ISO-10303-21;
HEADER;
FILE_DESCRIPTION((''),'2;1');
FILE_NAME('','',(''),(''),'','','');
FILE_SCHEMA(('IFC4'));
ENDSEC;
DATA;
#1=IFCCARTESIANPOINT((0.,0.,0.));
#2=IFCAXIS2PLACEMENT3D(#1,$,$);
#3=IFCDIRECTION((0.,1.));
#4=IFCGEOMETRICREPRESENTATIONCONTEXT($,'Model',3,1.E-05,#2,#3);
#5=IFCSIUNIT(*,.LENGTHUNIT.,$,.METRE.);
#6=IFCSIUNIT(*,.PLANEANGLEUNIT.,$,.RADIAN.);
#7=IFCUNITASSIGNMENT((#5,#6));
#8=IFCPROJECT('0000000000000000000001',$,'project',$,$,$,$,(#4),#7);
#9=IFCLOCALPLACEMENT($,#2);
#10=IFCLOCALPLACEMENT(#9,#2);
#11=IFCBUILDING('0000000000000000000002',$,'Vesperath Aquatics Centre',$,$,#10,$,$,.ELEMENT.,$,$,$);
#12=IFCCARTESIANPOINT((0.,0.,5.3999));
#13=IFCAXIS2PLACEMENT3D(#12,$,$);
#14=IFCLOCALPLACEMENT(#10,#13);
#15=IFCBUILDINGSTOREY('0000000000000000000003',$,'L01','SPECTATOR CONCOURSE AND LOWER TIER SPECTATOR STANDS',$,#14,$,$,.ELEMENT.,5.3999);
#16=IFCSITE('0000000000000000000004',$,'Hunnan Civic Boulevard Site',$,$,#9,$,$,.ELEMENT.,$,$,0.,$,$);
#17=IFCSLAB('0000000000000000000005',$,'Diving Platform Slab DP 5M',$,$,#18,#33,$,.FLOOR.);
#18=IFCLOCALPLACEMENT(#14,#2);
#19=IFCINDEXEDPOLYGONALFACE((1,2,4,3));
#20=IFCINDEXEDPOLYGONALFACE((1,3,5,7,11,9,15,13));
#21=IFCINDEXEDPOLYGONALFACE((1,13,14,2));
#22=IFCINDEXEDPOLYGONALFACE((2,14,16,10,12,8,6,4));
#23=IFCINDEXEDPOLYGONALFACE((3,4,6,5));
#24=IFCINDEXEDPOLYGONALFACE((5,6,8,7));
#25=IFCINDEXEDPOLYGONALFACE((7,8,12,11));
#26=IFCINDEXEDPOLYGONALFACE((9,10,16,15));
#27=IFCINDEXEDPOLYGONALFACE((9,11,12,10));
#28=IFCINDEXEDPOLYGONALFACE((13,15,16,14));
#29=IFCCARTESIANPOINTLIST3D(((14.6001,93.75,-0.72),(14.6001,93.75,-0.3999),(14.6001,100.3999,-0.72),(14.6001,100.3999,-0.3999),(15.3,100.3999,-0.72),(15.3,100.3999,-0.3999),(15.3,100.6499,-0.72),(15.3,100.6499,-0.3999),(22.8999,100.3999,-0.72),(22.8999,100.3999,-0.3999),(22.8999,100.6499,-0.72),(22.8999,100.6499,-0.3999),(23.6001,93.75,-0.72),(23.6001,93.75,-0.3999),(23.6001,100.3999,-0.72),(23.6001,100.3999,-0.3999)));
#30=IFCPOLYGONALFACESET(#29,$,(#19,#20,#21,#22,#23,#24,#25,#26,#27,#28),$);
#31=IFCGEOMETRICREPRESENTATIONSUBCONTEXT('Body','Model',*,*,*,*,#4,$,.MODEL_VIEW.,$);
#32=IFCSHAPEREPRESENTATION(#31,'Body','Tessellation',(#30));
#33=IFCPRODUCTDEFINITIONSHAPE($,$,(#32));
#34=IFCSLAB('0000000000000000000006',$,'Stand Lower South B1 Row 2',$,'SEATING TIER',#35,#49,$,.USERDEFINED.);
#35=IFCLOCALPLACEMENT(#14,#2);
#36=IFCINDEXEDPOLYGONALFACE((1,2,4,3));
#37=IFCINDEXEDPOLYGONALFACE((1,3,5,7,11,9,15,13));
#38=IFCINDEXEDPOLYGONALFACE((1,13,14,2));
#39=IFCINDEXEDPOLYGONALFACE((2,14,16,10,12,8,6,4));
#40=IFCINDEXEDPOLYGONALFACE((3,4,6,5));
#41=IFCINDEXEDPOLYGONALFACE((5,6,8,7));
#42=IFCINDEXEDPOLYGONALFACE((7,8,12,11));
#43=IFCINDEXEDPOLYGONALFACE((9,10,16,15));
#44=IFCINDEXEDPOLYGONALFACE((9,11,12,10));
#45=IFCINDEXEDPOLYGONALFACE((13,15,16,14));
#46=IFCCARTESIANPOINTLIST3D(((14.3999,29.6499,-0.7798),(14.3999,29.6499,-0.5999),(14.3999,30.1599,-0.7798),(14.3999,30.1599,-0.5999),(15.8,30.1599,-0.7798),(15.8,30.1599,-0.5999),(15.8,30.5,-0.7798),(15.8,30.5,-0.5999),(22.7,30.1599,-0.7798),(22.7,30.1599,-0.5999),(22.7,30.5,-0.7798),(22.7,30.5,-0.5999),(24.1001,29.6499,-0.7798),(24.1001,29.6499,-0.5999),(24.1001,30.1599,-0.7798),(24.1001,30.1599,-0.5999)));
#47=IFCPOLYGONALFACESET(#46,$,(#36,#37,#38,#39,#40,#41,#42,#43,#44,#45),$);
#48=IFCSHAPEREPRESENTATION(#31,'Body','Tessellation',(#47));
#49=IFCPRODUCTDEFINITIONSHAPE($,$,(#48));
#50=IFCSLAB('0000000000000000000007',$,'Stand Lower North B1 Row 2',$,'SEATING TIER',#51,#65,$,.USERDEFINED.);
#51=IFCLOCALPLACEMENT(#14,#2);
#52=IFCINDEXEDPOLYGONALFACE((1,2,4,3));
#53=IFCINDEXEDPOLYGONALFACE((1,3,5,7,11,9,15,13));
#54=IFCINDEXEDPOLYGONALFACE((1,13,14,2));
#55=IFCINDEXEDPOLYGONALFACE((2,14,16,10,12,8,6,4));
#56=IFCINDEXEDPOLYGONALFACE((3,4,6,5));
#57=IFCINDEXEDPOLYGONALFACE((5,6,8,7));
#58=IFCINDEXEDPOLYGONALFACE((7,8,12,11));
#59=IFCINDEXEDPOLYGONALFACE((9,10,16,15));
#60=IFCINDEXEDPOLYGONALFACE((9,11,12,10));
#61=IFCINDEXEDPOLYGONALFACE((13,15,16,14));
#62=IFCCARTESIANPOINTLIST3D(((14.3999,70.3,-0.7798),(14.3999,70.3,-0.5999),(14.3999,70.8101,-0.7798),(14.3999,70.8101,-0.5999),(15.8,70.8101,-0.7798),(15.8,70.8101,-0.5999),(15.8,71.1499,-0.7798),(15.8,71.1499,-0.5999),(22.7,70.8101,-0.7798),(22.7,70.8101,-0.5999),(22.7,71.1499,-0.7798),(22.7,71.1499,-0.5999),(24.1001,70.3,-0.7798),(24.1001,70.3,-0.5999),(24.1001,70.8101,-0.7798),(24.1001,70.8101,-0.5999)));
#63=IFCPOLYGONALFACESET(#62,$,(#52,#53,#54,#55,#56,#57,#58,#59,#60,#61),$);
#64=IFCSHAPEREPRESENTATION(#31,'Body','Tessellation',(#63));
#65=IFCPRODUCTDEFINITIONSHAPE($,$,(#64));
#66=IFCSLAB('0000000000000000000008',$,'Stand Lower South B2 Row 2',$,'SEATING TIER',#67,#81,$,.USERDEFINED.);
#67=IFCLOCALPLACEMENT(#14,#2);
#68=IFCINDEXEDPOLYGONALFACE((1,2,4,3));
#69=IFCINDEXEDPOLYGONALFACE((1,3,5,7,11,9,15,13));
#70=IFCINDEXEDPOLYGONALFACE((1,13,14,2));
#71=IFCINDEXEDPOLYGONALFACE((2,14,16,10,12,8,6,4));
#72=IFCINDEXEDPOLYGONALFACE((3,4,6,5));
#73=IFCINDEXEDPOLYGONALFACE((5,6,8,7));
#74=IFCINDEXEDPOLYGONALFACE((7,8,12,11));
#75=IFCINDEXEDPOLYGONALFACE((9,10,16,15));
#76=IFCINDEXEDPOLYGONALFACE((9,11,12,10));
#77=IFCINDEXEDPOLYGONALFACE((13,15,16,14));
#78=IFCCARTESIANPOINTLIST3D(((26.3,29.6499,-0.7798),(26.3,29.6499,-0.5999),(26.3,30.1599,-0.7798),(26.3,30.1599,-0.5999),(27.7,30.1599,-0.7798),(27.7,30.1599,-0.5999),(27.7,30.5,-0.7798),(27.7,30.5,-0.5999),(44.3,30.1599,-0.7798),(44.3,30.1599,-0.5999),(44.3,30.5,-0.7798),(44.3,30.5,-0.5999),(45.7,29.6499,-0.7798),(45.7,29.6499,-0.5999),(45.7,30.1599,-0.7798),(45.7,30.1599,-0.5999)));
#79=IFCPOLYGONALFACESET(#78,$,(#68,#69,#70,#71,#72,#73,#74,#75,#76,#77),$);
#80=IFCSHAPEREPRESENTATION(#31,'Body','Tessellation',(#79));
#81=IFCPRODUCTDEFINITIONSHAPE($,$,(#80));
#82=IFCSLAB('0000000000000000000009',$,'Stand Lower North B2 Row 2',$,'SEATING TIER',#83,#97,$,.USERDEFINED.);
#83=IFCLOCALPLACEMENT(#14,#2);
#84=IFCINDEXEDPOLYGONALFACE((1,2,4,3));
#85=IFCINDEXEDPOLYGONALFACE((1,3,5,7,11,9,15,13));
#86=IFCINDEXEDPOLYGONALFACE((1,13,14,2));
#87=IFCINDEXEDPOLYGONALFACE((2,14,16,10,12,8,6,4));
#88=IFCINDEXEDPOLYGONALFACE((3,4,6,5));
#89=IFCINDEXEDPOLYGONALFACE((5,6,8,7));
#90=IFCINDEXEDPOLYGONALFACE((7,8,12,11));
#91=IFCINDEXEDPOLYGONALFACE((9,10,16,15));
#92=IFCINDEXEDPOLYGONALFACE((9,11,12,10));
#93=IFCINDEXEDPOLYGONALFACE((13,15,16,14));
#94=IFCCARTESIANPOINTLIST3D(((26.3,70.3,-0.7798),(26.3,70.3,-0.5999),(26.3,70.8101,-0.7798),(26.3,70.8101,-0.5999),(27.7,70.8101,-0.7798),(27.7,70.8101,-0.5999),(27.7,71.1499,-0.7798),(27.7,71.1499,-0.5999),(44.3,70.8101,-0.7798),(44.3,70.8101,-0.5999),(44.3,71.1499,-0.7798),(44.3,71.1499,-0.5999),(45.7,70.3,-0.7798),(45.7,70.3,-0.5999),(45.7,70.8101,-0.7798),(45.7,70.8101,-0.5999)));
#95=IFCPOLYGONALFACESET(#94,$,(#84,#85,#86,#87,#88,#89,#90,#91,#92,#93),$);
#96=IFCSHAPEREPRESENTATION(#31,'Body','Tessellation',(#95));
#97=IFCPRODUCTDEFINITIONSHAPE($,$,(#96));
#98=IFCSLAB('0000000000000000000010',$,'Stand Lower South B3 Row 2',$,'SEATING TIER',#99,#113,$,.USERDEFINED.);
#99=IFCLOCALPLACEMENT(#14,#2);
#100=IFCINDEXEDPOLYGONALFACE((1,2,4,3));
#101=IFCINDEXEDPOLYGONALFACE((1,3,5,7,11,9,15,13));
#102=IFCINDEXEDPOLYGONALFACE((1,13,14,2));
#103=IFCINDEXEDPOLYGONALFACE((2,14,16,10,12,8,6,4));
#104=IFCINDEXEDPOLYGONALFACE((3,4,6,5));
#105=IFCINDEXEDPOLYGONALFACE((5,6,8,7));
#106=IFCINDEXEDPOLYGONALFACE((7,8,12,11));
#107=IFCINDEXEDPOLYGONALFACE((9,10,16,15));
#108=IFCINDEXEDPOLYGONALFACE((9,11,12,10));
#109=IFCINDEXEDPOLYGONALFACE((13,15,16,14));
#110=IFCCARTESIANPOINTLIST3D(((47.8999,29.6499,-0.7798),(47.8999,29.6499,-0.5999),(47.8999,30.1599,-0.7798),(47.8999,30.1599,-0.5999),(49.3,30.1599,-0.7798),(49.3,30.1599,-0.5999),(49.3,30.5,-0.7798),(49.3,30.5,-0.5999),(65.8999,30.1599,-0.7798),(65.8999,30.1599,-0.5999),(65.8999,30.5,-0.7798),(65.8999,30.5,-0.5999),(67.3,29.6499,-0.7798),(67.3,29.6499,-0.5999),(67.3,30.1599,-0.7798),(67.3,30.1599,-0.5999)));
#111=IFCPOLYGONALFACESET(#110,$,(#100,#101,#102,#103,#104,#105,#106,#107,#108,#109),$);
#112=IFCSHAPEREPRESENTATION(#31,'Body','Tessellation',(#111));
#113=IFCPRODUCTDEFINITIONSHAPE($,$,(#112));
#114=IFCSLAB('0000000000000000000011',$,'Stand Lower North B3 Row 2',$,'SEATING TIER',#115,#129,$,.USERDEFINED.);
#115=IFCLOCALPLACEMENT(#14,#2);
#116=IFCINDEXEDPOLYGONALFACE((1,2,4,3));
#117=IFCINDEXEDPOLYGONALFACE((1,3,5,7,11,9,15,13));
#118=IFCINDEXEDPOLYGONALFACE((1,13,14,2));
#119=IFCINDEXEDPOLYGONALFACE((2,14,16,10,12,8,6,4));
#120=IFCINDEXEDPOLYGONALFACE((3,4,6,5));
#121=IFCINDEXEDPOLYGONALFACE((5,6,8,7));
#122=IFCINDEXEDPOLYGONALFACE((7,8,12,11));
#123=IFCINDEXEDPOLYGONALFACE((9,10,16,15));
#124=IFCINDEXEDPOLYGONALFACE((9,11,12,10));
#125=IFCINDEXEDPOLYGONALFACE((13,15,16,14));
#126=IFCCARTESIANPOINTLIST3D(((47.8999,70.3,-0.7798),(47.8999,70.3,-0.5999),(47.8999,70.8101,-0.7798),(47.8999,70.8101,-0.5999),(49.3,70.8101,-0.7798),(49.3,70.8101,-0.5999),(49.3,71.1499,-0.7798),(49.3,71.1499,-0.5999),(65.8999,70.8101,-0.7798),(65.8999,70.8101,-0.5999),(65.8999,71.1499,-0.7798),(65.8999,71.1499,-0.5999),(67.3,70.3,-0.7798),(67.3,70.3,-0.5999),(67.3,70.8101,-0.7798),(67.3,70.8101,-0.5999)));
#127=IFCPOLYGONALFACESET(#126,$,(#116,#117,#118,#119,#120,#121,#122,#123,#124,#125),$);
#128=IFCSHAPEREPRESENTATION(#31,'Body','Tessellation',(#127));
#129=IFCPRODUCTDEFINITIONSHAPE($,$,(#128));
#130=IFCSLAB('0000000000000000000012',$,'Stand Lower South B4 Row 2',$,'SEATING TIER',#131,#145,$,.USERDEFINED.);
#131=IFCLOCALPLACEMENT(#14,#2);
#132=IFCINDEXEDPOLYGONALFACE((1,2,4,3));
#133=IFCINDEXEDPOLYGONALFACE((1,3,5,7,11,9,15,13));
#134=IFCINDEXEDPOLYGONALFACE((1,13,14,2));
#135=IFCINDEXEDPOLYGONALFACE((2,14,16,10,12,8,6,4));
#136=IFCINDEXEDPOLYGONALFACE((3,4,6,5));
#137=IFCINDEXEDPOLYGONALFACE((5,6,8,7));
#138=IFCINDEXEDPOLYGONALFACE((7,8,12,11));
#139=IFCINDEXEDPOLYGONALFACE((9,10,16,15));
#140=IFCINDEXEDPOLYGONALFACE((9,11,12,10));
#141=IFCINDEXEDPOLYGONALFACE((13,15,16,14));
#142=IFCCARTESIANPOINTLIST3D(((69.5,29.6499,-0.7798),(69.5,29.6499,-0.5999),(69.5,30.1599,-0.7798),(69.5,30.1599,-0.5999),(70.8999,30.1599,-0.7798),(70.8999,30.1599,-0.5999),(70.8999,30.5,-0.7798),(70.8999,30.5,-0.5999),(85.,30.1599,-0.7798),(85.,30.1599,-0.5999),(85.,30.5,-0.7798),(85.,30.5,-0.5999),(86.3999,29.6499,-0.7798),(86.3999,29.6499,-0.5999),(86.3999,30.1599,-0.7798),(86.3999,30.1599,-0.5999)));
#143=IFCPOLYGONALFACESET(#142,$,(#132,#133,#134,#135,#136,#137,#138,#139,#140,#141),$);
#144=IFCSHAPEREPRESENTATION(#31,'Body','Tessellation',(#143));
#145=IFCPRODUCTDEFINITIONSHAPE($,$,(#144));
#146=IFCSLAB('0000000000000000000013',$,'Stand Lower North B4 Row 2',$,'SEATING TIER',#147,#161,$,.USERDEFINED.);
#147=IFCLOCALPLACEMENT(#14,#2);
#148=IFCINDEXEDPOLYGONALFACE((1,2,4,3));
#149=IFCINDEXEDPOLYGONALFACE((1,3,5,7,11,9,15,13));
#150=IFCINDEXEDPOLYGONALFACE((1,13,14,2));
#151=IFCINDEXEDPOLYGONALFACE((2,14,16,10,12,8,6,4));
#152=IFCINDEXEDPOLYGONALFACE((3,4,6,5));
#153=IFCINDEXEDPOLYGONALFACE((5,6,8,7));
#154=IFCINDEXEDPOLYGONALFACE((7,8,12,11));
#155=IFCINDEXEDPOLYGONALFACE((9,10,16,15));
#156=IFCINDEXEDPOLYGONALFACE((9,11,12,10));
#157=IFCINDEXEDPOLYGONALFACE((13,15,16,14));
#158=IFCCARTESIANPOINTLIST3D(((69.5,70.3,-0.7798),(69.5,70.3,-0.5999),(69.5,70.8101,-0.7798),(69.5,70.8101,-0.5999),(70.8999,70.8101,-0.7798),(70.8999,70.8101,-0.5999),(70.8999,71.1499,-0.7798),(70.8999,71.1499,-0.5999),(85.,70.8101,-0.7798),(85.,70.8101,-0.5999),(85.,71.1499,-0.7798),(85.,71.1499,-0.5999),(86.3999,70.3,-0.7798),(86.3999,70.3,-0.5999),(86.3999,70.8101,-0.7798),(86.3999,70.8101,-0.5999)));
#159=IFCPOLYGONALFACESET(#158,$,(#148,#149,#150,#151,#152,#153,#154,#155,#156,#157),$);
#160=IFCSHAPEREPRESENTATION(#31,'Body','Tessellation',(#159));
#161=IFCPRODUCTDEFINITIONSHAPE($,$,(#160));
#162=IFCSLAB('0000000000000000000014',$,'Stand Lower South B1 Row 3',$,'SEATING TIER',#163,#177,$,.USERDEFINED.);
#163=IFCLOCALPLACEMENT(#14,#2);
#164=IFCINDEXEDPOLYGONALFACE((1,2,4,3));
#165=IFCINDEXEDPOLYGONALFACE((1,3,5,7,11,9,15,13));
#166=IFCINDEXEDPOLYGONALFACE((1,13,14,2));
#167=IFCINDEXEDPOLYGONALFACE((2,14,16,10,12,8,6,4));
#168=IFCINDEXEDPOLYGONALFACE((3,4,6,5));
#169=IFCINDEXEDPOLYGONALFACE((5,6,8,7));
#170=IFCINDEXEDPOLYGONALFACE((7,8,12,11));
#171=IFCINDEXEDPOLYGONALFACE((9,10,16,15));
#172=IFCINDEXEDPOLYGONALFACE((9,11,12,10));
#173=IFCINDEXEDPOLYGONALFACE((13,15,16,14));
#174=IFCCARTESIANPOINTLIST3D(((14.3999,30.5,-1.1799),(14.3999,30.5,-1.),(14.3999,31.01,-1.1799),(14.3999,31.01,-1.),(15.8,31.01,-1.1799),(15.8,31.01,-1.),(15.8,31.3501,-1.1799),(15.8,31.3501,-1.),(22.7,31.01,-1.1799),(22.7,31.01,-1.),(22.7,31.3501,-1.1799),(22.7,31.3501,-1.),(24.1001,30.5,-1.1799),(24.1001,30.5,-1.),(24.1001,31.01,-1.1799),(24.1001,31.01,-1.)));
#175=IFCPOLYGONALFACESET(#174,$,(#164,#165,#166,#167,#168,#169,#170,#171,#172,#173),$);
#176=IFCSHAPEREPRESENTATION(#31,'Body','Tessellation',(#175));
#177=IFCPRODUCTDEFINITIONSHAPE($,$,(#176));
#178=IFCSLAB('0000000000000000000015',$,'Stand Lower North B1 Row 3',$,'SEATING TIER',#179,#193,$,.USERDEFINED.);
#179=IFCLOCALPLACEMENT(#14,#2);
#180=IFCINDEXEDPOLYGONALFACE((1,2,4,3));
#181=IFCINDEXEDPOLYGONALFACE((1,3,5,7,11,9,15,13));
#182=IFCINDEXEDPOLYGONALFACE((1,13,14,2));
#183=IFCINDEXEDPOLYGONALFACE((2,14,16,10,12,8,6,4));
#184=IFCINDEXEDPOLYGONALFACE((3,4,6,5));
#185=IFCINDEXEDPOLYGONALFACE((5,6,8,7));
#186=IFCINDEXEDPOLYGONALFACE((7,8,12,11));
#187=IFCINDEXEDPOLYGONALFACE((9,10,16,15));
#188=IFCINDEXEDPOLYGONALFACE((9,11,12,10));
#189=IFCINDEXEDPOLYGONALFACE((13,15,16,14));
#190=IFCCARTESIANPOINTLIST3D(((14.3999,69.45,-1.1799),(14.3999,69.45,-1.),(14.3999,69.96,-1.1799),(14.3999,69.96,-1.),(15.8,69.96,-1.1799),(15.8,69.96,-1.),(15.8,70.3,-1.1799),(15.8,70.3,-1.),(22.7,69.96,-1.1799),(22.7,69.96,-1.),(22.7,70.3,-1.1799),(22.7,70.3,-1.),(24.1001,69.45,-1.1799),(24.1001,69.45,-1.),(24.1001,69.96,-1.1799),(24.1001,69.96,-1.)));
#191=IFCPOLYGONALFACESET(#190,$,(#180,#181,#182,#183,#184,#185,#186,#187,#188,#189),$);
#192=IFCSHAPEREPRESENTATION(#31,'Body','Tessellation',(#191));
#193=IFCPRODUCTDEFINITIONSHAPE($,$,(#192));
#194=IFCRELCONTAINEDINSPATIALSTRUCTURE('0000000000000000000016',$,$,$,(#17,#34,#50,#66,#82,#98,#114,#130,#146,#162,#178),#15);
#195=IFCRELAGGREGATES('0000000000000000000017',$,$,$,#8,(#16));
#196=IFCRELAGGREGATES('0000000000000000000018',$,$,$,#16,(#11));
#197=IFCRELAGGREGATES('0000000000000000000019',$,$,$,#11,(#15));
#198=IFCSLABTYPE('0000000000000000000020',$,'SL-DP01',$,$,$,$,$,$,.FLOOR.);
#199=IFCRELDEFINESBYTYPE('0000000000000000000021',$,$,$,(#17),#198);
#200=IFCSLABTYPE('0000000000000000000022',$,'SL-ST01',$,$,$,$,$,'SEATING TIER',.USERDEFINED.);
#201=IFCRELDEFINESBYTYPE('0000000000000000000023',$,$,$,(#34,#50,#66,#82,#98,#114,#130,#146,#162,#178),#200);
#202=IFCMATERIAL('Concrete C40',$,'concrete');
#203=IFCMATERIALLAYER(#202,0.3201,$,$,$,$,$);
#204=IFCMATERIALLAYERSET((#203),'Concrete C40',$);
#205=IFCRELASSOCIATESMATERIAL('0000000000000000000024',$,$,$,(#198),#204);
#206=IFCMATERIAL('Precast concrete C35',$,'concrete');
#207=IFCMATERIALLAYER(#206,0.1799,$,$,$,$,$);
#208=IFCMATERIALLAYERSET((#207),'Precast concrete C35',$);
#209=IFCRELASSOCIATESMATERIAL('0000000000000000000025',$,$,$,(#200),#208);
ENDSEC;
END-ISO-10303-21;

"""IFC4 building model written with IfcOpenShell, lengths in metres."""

from ifc_helpers import new_model, si_unit, direction, frame, origin, place, context, subcontext, project, spatial, polyline, outline, extrude, material, layer, layer_set, type_object, element, save


model = new_model("IFC4")

# Units and contexts
model_context = context("Model", 3, precision=1e-05, world=origin(), true_north=direction((0.0, 1.0)))
body_context = subcontext(model_context, "Body", "Model", "MODEL_VIEW")
ifc_project = project(units=[si_unit("LENGTHUNIT", "METRE"), si_unit("PLANEANGLEUNIT", "RADIAN")], contexts=[model_context])

# Site, building, storey
site_placement = place(None, origin())
site = spatial("IfcSite", under=ifc_project, at=site_placement, Name="Hunnan Civic Boulevard Site", CompositionType="ELEMENT", RefElevation=0.0)
building_placement = place(site_placement, origin())
building = spatial("IfcBuilding", under=site, at=building_placement, Name="Vesperath Aquatics Centre", CompositionType="ELEMENT")
storey_placement = place(building_placement, frame((0.0, 0.0, 5.3999)))
storey = spatial("IfcBuildingStorey", under=building, at=storey_placement, Name="L01", Description="SPECTATOR CONCOURSE AND LOWER TIER SPECTATOR STANDS", CompositionType="ELEMENT", Elevation=5.3999)

# Slabs
ifc_material_1 = material(Name="Concrete C40", Category="concrete")
ifc_layer_1 = layer(ifc_material_1, 0.3201)
ifc_layer_set_1 = layer_set([ifc_layer_1], Name="Concrete C40")
slab_type_1 = type_object("IfcSlabType", Name="SL-DP01", PredefinedType="FLOOR", material=ifc_layer_set_1)
slab_1_placement = place(storey_placement, frame((0.0, 0.0, -0.72)))
element("IfcSlab", 1, at=slab_1_placement, inside=storey, type_object=slab_type_1, Name="Diving Platform Slab DP 5M", PredefinedType="FLOOR", context=body_context, shape_type="SweptSolid", body=[
    extrude(outline(polyline([(14.6001, 93.75), (23.6001, 93.75), (23.6001, 100.3999), (22.8999, 100.3999), (22.8999, 100.6499), (15.3, 100.6499), (15.3, 100.3999), (14.6001, 100.3999), (14.6001, 93.75)])), origin(), (0.0, 0.0, 1.0), 0.3201),
])
ifc_material_2 = material(Name="Precast concrete C35", Category="concrete")
ifc_layer_2 = layer(ifc_material_2, 0.1799)
ifc_layer_set_2 = layer_set([ifc_layer_2], Name="Precast concrete C35")
slab_type_2 = type_object("IfcSlabType", Name="SL-ST01", ElementType="SEATING TIER", PredefinedType="USERDEFINED", material=ifc_layer_set_2)
slab_2_placement = place(storey_placement, frame((0.0, 0.0, -0.7798)))
element("IfcSlab", 2, at=slab_2_placement, inside=storey, type_object=slab_type_2, Name="Stand Lower South B1 Row 2", ObjectType="SEATING TIER", PredefinedType="USERDEFINED", context=body_context, shape_type="SweptSolid", body=[
    extrude(outline(polyline([(14.3999, 29.6499), (24.1001, 29.6499), (24.1001, 30.1599), (22.7, 30.1599), (22.7, 30.5), (15.8, 30.5), (15.8, 30.1599), (14.3999, 30.1599), (14.3999, 29.6499)])), origin(), (0.0, 0.0, 1.0), 0.1799),
])
slab_3_placement = place(storey_placement, frame((0.0, 0.0, -0.7798)))
element("IfcSlab", 3, at=slab_3_placement, inside=storey, type_object=slab_type_2, Name="Stand Lower North B1 Row 2", ObjectType="SEATING TIER", PredefinedType="USERDEFINED", context=body_context, shape_type="SweptSolid", body=[
    extrude(outline(polyline([(14.3999, 70.3), (24.1001, 70.3), (24.1001, 70.8101), (22.7, 70.8101), (22.7, 71.1499), (15.8, 71.1499), (15.8, 70.8101), (14.3999, 70.8101), (14.3999, 70.3)])), origin(), (0.0, 0.0, 1.0), 0.1799),
])
slab_4_placement = place(storey_placement, frame((0.0, 0.0, -0.7798)))
element("IfcSlab", 4, at=slab_4_placement, inside=storey, type_object=slab_type_2, Name="Stand Lower South B2 Row 2", ObjectType="SEATING TIER", PredefinedType="USERDEFINED", context=body_context, shape_type="SweptSolid", body=[
    extrude(outline(polyline([(26.3, 29.6499), (45.7, 29.6499), (45.7, 30.1599), (44.3, 30.1599), (44.3, 30.5), (27.7, 30.5), (27.7, 30.1599), (26.3, 30.1599), (26.3, 29.6499)])), origin(), (0.0, 0.0, 1.0), 0.1799),
])
slab_5_placement = place(storey_placement, frame((0.0, 0.0, -0.7798)))
element("IfcSlab", 5, at=slab_5_placement, inside=storey, type_object=slab_type_2, Name="Stand Lower North B2 Row 2", ObjectType="SEATING TIER", PredefinedType="USERDEFINED", context=body_context, shape_type="SweptSolid", body=[
    extrude(outline(polyline([(26.3, 70.3), (45.7, 70.3), (45.7, 70.8101), (44.3, 70.8101), (44.3, 71.1499), (27.7, 71.1499), (27.7, 70.8101), (26.3, 70.8101), (26.3, 70.3)])), origin(), (0.0, 0.0, 1.0), 0.1799),
])
slab_6_placement = place(storey_placement, frame((0.0, 0.0, -0.7798)))
element("IfcSlab", 6, at=slab_6_placement, inside=storey, type_object=slab_type_2, Name="Stand Lower South B3 Row 2", ObjectType="SEATING TIER", PredefinedType="USERDEFINED", context=body_context, shape_type="SweptSolid", body=[
    extrude(outline(polyline([(47.8999, 29.6499), (67.3, 29.6499), (67.3, 30.1599), (65.8999, 30.1599), (65.8999, 30.5), (49.3, 30.5), (49.3, 30.1599), (47.8999, 30.1599), (47.8999, 29.6499)])), origin(), (0.0, 0.0, 1.0), 0.1799),
])
slab_7_placement = place(storey_placement, frame((0.0, 0.0, -0.7798)))
element("IfcSlab", 7, at=slab_7_placement, inside=storey, type_object=slab_type_2, Name="Stand Lower North B3 Row 2", ObjectType="SEATING TIER", PredefinedType="USERDEFINED", context=body_context, shape_type="SweptSolid", body=[
    extrude(outline(polyline([(47.8999, 70.3), (67.3, 70.3), (67.3, 70.8101), (65.8999, 70.8101), (65.8999, 71.1499), (49.3, 71.1499), (49.3, 70.8101), (47.8999, 70.8101), (47.8999, 70.3)])), origin(), (0.0, 0.0, 1.0), 0.1799),
])
slab_8_placement = place(storey_placement, frame((0.0, 0.0, -0.7798)))
element("IfcSlab", 8, at=slab_8_placement, inside=storey, type_object=slab_type_2, Name="Stand Lower South B4 Row 2", ObjectType="SEATING TIER", PredefinedType="USERDEFINED", context=body_context, shape_type="SweptSolid", body=[
    extrude(outline(polyline([(69.5, 29.6499), (86.3999, 29.6499), (86.3999, 30.1599), (85.0, 30.1599), (85.0, 30.5), (70.8999, 30.5), (70.8999, 30.1599), (69.5, 30.1599), (69.5, 29.6499)])), origin(), (0.0, 0.0, 1.0), 0.1799),
])
slab_9_placement = place(storey_placement, frame((0.0, 0.0, -0.7798)))
element("IfcSlab", 9, at=slab_9_placement, inside=storey, type_object=slab_type_2, Name="Stand Lower North B4 Row 2", ObjectType="SEATING TIER", PredefinedType="USERDEFINED", context=body_context, shape_type="SweptSolid", body=[
    extrude(outline(polyline([(69.5, 70.3), (86.3999, 70.3), (86.3999, 70.8101), (85.0, 70.8101), (85.0, 71.1499), (70.8999, 71.1499), (70.8999, 70.8101), (69.5, 70.8101), (69.5, 70.3)])), origin(), (0.0, 0.0, 1.0), 0.1799),
])
slab_10_placement = place(storey_placement, frame((0.0, 0.0, -1.1799)))
element("IfcSlab", 10, at=slab_10_placement, inside=storey, type_object=slab_type_2, Name="Stand Lower South B1 Row 3", ObjectType="SEATING TIER", PredefinedType="USERDEFINED", context=body_context, shape_type="SweptSolid", body=[
    extrude(outline(polyline([(14.3999, 30.5), (24.1001, 30.5), (24.1001, 31.01), (22.7, 31.01), (22.7, 31.3501), (15.8, 31.3501), (15.8, 31.01), (14.3999, 31.01), (14.3999, 30.5)])), origin(), (0.0, 0.0, 1.0), 0.1799),
])
slab_11_placement = place(storey_placement, frame((0.0, 0.0, -1.1799)))
element("IfcSlab", 11, at=slab_11_placement, inside=storey, type_object=slab_type_2, Name="Stand Lower North B1 Row 3", ObjectType="SEATING TIER", PredefinedType="USERDEFINED", context=body_context, shape_type="SweptSolid", body=[
    extrude(outline(polyline([(14.3999, 69.45), (24.1001, 69.45), (24.1001, 69.96), (22.7, 69.96), (22.7, 70.3), (15.8, 70.3), (15.8, 69.96), (14.3999, 69.96), (14.3999, 69.45)])), origin(), (0.0, 0.0, 1.0), 0.1799),
])

save(model, "model.ifc")
